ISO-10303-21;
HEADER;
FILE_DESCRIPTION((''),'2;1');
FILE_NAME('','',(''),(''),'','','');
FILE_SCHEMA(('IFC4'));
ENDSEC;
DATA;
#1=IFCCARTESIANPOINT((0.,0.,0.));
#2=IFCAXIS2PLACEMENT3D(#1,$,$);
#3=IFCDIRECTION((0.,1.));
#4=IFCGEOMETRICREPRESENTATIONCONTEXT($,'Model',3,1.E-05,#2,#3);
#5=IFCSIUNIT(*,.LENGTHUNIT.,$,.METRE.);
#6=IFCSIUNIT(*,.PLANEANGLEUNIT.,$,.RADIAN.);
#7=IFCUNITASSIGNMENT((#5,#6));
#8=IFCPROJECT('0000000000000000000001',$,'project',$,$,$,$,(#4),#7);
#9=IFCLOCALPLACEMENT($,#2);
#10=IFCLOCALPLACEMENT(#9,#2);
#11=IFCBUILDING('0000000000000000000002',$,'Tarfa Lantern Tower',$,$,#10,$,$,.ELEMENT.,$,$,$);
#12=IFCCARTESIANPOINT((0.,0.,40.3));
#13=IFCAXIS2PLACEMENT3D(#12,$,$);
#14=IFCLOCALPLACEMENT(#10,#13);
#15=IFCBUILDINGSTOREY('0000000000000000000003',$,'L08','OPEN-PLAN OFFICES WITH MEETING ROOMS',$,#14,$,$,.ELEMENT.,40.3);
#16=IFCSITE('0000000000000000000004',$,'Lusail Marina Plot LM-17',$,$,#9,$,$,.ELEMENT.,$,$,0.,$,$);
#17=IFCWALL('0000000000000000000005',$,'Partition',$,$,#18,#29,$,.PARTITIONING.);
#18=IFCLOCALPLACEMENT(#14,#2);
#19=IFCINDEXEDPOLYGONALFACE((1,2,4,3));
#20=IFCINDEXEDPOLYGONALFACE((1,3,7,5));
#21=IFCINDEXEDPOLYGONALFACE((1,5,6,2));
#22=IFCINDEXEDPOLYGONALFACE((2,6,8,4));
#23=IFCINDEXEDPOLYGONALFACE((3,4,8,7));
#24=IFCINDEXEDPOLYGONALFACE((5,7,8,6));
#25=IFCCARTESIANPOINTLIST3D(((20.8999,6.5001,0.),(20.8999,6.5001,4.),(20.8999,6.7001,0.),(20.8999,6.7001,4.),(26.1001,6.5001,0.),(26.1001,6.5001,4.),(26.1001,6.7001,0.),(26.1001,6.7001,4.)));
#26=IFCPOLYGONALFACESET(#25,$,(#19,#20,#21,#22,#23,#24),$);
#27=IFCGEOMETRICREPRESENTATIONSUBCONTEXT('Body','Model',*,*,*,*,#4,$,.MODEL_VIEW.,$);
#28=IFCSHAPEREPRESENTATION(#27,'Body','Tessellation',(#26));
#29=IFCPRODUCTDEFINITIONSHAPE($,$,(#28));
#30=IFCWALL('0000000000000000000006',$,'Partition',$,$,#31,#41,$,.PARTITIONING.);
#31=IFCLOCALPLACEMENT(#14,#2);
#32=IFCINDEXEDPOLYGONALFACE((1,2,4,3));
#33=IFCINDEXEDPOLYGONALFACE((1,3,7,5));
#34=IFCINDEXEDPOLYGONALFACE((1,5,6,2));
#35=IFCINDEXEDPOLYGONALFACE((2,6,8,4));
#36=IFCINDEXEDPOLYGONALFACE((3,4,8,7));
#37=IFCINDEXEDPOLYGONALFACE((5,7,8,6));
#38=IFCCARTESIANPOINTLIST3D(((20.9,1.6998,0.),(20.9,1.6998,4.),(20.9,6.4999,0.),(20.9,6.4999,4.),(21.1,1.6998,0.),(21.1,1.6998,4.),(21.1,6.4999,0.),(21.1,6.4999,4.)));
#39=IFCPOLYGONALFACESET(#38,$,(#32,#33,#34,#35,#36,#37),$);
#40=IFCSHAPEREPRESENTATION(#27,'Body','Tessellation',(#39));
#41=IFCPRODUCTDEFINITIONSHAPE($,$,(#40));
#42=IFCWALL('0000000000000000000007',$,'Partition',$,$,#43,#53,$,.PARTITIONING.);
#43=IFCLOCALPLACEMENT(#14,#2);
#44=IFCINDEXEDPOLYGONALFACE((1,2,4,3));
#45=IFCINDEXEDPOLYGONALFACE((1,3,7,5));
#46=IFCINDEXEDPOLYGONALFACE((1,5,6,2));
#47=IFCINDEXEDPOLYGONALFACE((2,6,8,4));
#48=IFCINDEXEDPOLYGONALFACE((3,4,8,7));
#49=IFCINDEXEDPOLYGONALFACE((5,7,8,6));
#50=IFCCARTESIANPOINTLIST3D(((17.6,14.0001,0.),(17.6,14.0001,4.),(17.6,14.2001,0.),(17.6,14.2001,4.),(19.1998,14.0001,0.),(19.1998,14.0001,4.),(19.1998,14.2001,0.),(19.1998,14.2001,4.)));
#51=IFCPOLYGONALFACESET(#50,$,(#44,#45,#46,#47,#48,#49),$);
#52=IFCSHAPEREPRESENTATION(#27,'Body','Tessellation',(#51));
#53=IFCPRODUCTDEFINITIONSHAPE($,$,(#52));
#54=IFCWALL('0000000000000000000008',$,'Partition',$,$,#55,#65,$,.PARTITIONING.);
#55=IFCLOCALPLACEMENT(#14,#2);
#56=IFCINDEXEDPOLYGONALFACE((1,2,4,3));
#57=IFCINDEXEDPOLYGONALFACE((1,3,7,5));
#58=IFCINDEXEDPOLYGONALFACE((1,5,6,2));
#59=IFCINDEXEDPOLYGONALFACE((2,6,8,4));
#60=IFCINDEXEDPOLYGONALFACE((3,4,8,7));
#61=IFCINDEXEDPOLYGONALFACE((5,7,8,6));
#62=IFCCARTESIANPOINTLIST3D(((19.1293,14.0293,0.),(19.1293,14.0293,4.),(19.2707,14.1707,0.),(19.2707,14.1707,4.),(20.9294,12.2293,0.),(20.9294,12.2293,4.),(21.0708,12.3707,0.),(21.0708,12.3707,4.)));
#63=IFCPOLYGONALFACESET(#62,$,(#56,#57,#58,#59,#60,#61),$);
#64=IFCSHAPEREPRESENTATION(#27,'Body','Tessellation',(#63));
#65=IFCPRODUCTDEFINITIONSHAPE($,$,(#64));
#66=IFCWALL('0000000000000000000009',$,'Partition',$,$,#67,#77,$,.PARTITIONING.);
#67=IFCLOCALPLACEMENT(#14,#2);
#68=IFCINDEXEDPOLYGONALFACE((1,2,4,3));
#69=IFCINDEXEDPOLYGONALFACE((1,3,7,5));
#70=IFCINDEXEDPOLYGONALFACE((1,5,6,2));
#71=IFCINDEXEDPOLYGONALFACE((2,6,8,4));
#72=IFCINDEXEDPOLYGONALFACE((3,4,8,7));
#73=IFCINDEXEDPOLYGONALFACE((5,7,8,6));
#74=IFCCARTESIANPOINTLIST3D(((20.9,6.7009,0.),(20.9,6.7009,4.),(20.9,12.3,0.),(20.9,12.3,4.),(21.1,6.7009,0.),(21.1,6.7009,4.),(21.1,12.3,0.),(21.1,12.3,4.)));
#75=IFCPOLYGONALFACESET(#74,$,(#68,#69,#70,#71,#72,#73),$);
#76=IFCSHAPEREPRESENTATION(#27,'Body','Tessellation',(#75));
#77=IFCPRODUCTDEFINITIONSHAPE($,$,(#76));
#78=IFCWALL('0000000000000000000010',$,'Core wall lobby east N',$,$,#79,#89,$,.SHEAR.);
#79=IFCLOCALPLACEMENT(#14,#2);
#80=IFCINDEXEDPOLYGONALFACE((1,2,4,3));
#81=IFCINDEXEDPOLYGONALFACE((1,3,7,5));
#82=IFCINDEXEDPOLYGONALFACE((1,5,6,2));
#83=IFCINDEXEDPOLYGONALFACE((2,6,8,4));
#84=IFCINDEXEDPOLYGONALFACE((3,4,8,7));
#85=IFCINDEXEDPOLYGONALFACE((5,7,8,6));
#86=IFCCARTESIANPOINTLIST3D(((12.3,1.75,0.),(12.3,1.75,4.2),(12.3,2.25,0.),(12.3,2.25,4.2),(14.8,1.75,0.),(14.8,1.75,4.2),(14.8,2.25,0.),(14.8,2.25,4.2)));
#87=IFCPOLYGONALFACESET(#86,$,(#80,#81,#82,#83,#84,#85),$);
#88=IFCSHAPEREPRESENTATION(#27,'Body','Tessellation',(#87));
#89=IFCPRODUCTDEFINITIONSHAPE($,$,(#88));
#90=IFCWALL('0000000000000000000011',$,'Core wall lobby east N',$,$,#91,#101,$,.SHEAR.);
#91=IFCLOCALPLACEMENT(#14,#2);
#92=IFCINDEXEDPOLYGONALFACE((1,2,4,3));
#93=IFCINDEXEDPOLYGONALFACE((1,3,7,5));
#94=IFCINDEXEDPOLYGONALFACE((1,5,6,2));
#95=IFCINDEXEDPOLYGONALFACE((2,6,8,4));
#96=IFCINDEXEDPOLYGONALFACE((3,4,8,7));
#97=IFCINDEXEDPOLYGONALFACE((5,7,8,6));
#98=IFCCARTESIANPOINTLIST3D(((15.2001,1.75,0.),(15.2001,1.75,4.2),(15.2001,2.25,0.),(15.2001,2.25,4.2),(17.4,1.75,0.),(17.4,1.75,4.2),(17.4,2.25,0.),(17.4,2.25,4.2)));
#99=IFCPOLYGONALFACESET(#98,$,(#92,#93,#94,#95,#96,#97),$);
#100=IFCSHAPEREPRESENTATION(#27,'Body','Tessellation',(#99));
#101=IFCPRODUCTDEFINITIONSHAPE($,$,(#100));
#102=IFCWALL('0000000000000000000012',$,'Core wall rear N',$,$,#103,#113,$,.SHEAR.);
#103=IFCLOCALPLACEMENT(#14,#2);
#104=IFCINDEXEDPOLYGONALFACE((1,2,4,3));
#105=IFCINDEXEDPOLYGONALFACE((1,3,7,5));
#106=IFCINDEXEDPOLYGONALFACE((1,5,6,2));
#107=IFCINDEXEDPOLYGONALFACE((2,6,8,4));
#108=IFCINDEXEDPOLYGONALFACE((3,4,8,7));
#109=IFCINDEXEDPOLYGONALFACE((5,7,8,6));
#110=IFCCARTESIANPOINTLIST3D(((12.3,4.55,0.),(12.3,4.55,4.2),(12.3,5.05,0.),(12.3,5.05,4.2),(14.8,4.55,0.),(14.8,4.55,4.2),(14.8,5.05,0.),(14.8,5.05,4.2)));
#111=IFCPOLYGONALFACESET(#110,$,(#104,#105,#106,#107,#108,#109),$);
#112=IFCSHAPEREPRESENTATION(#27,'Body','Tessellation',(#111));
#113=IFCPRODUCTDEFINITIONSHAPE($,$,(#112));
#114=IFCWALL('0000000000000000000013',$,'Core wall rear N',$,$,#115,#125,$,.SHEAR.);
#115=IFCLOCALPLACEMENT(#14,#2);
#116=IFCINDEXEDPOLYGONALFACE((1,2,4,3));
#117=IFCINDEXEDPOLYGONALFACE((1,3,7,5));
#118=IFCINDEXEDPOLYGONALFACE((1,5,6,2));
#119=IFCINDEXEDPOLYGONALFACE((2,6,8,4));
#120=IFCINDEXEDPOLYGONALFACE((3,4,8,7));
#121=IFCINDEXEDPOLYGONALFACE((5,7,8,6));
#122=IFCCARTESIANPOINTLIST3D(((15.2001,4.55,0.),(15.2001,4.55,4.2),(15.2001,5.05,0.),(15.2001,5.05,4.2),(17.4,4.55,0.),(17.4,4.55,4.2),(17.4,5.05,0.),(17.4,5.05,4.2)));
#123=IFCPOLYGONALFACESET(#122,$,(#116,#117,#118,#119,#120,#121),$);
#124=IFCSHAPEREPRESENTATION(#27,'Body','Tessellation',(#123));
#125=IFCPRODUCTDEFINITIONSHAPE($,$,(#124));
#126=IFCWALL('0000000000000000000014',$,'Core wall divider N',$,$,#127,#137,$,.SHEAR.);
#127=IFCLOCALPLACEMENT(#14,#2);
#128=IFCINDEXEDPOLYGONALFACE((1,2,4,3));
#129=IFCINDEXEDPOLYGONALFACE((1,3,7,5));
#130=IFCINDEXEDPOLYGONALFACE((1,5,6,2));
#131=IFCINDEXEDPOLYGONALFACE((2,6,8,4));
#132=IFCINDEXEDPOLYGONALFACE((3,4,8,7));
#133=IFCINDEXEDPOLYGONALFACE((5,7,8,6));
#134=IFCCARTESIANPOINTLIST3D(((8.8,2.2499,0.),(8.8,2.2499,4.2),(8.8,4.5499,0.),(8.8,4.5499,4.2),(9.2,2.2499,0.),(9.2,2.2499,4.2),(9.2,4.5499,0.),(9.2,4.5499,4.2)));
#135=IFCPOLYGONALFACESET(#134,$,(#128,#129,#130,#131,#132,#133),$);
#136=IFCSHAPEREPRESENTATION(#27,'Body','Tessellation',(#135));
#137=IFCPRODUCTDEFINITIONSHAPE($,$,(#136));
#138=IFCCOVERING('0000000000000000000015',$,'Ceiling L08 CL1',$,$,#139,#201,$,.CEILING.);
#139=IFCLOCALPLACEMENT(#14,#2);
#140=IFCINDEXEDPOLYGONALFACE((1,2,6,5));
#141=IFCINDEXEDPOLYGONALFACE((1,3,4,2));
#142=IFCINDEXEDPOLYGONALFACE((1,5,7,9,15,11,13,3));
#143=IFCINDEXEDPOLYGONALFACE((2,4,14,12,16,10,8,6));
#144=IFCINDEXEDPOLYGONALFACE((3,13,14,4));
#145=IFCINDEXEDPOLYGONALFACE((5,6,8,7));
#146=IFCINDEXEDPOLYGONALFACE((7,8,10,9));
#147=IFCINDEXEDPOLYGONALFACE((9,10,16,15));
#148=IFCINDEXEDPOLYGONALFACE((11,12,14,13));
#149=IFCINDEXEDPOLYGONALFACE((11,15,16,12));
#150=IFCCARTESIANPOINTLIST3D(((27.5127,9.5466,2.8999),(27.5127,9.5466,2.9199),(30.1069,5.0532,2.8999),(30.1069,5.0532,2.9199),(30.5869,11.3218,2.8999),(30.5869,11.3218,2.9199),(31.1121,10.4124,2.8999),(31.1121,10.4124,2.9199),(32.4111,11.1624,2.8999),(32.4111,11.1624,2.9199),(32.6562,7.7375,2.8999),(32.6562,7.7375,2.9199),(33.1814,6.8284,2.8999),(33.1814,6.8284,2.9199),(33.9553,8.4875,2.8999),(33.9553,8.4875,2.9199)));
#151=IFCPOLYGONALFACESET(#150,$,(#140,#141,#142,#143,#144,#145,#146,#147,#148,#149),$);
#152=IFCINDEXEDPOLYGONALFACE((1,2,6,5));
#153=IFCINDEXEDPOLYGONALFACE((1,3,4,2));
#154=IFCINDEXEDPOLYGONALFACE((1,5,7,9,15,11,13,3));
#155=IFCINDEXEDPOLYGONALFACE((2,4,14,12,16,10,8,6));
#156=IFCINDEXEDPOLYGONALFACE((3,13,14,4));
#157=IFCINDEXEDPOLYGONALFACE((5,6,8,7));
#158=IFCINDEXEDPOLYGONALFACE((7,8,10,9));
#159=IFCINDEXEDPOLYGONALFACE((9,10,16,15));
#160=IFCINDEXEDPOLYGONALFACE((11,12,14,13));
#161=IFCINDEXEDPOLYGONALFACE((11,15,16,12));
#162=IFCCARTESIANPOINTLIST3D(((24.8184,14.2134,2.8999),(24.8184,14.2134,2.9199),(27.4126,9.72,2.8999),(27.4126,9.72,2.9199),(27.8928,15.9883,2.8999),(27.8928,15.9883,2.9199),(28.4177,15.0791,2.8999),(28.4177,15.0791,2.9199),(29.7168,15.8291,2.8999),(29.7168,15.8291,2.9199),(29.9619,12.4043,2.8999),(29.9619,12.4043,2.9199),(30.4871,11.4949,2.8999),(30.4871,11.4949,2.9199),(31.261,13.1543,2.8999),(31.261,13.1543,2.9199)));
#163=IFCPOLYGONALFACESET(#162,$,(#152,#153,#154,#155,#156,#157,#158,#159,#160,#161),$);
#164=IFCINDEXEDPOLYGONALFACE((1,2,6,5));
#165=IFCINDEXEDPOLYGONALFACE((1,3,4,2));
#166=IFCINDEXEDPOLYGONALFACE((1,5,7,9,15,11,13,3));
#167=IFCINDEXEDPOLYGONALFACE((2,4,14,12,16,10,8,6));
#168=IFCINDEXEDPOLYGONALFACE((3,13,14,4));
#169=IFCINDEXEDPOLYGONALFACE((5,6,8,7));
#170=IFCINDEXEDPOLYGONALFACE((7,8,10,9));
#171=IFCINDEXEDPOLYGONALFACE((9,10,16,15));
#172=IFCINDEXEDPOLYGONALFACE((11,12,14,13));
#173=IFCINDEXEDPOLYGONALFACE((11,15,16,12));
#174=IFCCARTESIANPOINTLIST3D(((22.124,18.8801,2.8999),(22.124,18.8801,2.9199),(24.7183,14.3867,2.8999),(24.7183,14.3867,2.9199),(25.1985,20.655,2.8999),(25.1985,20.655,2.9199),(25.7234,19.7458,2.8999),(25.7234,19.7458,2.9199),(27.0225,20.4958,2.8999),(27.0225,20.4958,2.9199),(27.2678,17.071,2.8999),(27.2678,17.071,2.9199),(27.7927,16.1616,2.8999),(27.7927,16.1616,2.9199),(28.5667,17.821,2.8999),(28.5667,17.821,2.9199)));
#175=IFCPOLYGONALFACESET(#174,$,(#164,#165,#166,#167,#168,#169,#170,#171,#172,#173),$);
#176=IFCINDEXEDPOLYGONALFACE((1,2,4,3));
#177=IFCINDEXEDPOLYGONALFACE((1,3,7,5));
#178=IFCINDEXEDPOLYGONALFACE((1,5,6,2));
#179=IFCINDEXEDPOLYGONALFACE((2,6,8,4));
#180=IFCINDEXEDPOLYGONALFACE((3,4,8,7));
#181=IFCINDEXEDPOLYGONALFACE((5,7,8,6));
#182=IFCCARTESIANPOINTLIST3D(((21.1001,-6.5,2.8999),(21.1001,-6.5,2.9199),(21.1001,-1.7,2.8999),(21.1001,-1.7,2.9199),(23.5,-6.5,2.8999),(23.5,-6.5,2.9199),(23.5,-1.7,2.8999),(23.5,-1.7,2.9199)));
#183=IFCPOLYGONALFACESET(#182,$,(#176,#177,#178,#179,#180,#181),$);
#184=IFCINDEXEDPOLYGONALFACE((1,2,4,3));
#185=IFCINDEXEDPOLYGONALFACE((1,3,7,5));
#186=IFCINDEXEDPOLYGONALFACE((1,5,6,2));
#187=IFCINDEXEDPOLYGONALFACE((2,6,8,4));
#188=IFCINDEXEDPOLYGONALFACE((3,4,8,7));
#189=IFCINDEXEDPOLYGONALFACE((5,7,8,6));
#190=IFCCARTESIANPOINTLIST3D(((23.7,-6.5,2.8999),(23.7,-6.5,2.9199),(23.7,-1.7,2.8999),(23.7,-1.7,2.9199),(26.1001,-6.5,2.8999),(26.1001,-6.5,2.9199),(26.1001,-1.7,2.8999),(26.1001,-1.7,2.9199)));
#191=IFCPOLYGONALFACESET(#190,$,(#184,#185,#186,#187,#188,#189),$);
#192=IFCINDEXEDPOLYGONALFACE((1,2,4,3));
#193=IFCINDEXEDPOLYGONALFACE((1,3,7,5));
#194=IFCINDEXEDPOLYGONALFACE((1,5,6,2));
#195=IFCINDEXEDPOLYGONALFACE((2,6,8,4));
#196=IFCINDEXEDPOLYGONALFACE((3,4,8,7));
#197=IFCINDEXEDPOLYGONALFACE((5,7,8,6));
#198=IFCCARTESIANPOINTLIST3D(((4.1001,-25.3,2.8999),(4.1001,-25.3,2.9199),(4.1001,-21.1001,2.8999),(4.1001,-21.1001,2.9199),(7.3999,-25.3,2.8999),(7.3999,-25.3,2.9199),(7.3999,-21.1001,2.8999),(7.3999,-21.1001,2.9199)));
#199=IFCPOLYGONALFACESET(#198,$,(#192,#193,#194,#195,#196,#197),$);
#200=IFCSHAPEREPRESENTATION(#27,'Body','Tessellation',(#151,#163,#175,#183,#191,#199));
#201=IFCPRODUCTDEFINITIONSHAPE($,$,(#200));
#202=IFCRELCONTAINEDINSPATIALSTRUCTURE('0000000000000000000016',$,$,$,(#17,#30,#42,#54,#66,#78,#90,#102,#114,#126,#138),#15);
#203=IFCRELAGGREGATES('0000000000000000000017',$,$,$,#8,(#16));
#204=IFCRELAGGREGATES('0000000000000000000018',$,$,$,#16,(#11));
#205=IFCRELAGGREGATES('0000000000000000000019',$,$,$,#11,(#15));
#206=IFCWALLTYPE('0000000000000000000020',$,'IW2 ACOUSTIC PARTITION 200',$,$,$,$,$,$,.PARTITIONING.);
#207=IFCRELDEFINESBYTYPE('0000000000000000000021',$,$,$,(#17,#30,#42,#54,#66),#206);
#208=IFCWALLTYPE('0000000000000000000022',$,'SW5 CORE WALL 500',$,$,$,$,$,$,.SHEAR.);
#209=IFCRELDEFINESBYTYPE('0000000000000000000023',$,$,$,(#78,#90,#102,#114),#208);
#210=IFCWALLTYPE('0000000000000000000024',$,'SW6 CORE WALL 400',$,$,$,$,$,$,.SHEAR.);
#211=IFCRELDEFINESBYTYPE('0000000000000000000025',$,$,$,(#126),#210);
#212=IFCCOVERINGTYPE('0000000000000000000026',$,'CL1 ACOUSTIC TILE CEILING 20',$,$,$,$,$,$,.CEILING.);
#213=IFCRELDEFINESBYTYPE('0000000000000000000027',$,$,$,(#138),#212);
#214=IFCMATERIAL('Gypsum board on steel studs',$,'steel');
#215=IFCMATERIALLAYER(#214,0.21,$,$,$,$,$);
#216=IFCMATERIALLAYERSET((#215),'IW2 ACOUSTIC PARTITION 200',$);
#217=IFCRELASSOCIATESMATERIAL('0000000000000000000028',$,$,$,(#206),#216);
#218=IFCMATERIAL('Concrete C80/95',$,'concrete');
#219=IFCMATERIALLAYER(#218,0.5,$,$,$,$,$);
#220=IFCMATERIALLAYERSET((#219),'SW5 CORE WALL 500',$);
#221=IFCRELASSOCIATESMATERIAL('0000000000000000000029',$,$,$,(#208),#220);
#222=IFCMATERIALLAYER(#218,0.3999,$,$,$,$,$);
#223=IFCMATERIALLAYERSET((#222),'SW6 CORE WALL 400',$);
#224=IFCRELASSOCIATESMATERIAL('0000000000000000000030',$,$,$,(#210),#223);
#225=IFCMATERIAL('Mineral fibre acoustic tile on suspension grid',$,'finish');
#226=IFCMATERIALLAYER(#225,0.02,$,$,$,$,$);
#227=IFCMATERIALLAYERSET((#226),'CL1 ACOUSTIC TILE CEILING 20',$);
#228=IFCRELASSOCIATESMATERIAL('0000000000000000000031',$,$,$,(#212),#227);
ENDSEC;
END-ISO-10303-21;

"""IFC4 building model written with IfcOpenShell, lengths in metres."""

from ifc_helpers import new_model, si_unit, direction, frame, frame_2d, origin, place, context, subcontext, project, spatial, polyline, rectangle, outline, extrude, material, layer, layer_set, type_object, element, save


model = new_model("IFC4")

# Units and contexts
model_context = context("Model", 3, precision=1e-05, world=origin(), true_north=direction((0.0, 1.0)))
body_context = subcontext(model_context, "Body", "Model", "MODEL_VIEW")
ifc_project = project(units=[si_unit("LENGTHUNIT", "METRE"), si_unit("PLANEANGLEUNIT", "RADIAN")], contexts=[model_context])

# Site, building, storey
site_placement = place(None, origin())
site = spatial("IfcSite", under=ifc_project, at=site_placement, Name="Lusail Marina Plot LM-17", CompositionType="ELEMENT", RefElevation=0.0)
building_placement = place(site_placement, origin())
building = spatial("IfcBuilding", under=site, at=building_placement, Name="Tarfa Lantern Tower", CompositionType="ELEMENT")
storey_placement = place(building_placement, frame((0.0, 0.0, 40.3)))
storey = spatial("IfcBuildingStorey", under=building, at=storey_placement, Name="L08", Description="OPEN-PLAN OFFICES WITH MEETING ROOMS", CompositionType="ELEMENT", Elevation=40.3)

# Shared definitions
ifc_material_1 = material(Name="Gypsum board on steel studs", Category="steel")
ifc_layer_1 = layer(ifc_material_1, 0.21)
ifc_layer_set_1 = layer_set([ifc_layer_1], Name="IW2 ACOUSTIC PARTITION 200")
wall_type_1 = type_object("IfcWallType", Name="IW2 ACOUSTIC PARTITION 200", PredefinedType="PARTITIONING", material=ifc_layer_set_1)

# Walls
wall_1_placement = place(storey_placement, frame((20.8999, 6.6001, 0.0), z_axis=(0.0, 0.0, 1.0), x_axis=(1.0, 0.0, 0.0)))
element("IfcWall", 1, at=wall_1_placement, inside=storey, type_object=wall_type_1, Name="Partition", PredefinedType="PARTITIONING", context=body_context, shape_type="SweptSolid", body=[
    extrude(rectangle(XDim=5.2002, YDim=0.2, at=frame_2d((2.6001, 0.0))), origin(), (0.0, 0.0, 1.0), 4.0),
])
wall_2_placement = place(storey_placement, frame((21.0, 1.7, 0.0), z_axis=(0.0, 0.0, 1.0), x_axis=(0.0, 1.0, 0.0)))
element("IfcWall", 2, at=wall_2_placement, inside=storey, type_object=wall_type_1, Name="Partition", PredefinedType="PARTITIONING", context=body_context, shape_type="SweptSolid", body=[
    extrude(rectangle(XDim=4.8, YDim=0.2, at=frame_2d((2.3999, 0.0))), origin(), (0.0, 0.0, 1.0), 4.0),
])
wall_3_placement = place(storey_placement, frame((17.6001, 14.1001, 0.0), z_axis=(0.0, 0.0, 1.0), x_axis=(1.0, 0.0, 0.0)))
element("IfcWall", 3, at=wall_3_placement, inside=storey, type_object=wall_type_1, Name="Partition", PredefinedType="PARTITIONING", context=body_context, shape_type="SweptSolid", body=[
    extrude(rectangle(XDim=1.5999, YDim=0.2, at=frame_2d((0.7998, 0.0))), origin(), (0.0, 0.0, 1.0), 4.0),
])
wall_4_placement = place(storey_placement, frame((19.2, 14.1001, 0.0), z_axis=(0.0, 0.0, 1.0), x_axis=(0.707107, -0.707107, 0.0)))
element("IfcWall", 4, at=wall_4_placement, inside=storey, type_object=wall_type_1, Name="Partition", PredefinedType="PARTITIONING", context=body_context, shape_type="SweptSolid", body=[
    extrude(rectangle(XDim=2.5457, YDim=0.2, at=frame_2d((1.2729, 0.0))), origin(), (0.0, 0.0, 1.0), 4.0),
])

# Walls
wall_5_placement = place(storey_placement, frame((21.0, 12.3, 0.0), z_axis=(0.0, 0.0, 1.0), x_axis=(0.0, -1.0, 0.0)))
element("IfcWall", 5, at=wall_5_placement, inside=storey, type_object=wall_type_1, Name="Partition", PredefinedType="PARTITIONING", context=body_context, shape_type="SweptSolid", body=[
    extrude(rectangle(XDim=5.5991, YDim=0.2, at=frame_2d((2.7996, 0.0))), origin(), (0.0, 0.0, 1.0), 4.0),
])
ifc_material_2 = material(Name="Concrete C80/95", Category="concrete")
ifc_layer_2 = layer(ifc_material_2, 0.5)
ifc_layer_set_2 = layer_set([ifc_layer_2], Name="SW5 CORE WALL 500")
wall_type_2 = type_object("IfcWallType", Name="SW5 CORE WALL 500", PredefinedType="SHEAR", material=ifc_layer_set_2)
wall_6_placement = place(storey_placement, frame((12.3, 2.0, 0.0), z_axis=(0.0, 0.0, 1.0), x_axis=(1.0, 0.0, 0.0)))
element("IfcWall", 6, at=wall_6_placement, inside=storey, type_object=wall_type_2, Name="Core wall lobby east N", PredefinedType="SHEAR", context=body_context, shape_type="SweptSolid", body=[
    extrude(rectangle(XDim=2.5, YDim=0.5, at=frame_2d((1.25, 0.0))), origin(), (0.0, 0.0, 1.0), 4.2),
])
wall_7_placement = place(storey_placement, frame((15.2, 2.0, 0.0), z_axis=(0.0, 0.0, 1.0), x_axis=(1.0, 0.0, 0.0)))
element("IfcWall", 7, at=wall_7_placement, inside=storey, type_object=wall_type_2, Name="Core wall lobby east N", PredefinedType="SHEAR", context=body_context, shape_type="SweptSolid", body=[
    extrude(rectangle(XDim=2.2, YDim=0.5, at=frame_2d((1.1001, 0.0))), origin(), (0.0, 0.0, 1.0), 4.2),
])
wall_8_placement = place(storey_placement, frame((12.3, 4.8, 0.0), z_axis=(0.0, 0.0, 1.0), x_axis=(1.0, 0.0, 0.0)))
element("IfcWall", 8, at=wall_8_placement, inside=storey, type_object=wall_type_2, Name="Core wall rear N", PredefinedType="SHEAR", context=body_context, shape_type="SweptSolid", body=[
    extrude(rectangle(XDim=2.5, YDim=0.5, at=frame_2d((1.25, 0.0))), origin(), (0.0, 0.0, 1.0), 4.2),
])
wall_9_placement = place(storey_placement, frame((15.2, 4.8, 0.0), z_axis=(0.0, 0.0, 1.0), x_axis=(1.0, 0.0, 0.0)))
element("IfcWall", 9, at=wall_9_placement, inside=storey, type_object=wall_type_2, Name="Core wall rear N", PredefinedType="SHEAR", context=body_context, shape_type="SweptSolid", body=[
    extrude(rectangle(XDim=2.2, YDim=0.5, at=frame_2d((1.1001, 0.0))), origin(), (0.0, 0.0, 1.0), 4.2),
])
ifc_layer_3 = layer(ifc_material_2, 0.3999)
ifc_layer_set_3 = layer_set([ifc_layer_3], Name="SW6 CORE WALL 400")
wall_type_3 = type_object("IfcWallType", Name="SW6 CORE WALL 400", PredefinedType="SHEAR", material=ifc_layer_set_3)
wall_10_placement = place(storey_placement, frame((9.0, 2.25, 0.0), z_axis=(0.0, 0.0, 1.0), x_axis=(0.0, 1.0, 0.0)))
element("IfcWall", 10, at=wall_10_placement, inside=storey, type_object=wall_type_3, Name="Core wall divider N", PredefinedType="SHEAR", context=body_context, shape_type="SweptSolid", body=[
    extrude(rectangle(XDim=2.3, YDim=0.3999, at=frame_2d((1.1499, 0.0))), origin(), (0.0, 0.0, 1.0), 4.2),
])

# Covering
ifc_material_3 = material(Name="Mineral fibre acoustic tile on suspension grid", Category="finish")
ifc_layer_4 = layer(ifc_material_3, 0.02)
ifc_layer_set_4 = layer_set([ifc_layer_4], Name="CL1 ACOUSTIC TILE CEILING 20")
covering_type_1 = type_object("IfcCoveringType", Name="CL1 ACOUSTIC TILE CEILING 20", PredefinedType="CEILING", material=ifc_layer_set_4)
covering_1_placement = place(storey_placement, frame((0.0, 0.0, 2.8999)))
element("IfcCovering", 11, at=covering_1_placement, inside=storey, type_object=covering_type_1, Name="Ceiling L08 CL1", PredefinedType="CEILING", context=body_context, shape_type="SweptSolid", body=[
    extrude(outline(polyline([(27.5127, 9.5466), (30.5869, 11.3218), (31.1121, 10.4124), (32.4111, 11.1624), (33.9553, 8.4875), (32.6562, 7.7375), (33.1814, 6.8284), (30.1069, 5.0532), (27.5127, 9.5466)])), origin(), (0.0, 0.0, 1.0), 0.02),
    extrude(outline(polyline([(24.8184, 14.2134), (27.8928, 15.9883), (28.4177, 15.0791), (29.7168, 15.8291), (31.261, 13.1543), (29.9619, 12.4043), (30.4871, 11.4949), (27.4126, 9.72), (24.8184, 14.2134)])), origin(), (0.0, 0.0, 1.0), 0.02),
    extrude(outline(polyline([(22.124, 18.8801), (25.1985, 20.655), (25.7234, 19.7458), (27.0225, 20.4958), (28.5667, 17.821), (27.2678, 17.071), (27.7927, 16.1616), (24.7183, 14.3867), (22.124, 18.8801)])), origin(), (0.0, 0.0, 1.0), 0.02),
    extrude(outline(polyline([(21.1001, -1.7), (23.5, -1.7), (23.5, -6.5), (21.1001, -6.5), (21.1001, -1.7)])), origin(), (0.0, 0.0, 1.0), 0.02),
    extrude(outline(polyline([(23.7, -1.7), (26.1001, -1.7), (26.1001, -6.5), (23.7, -6.5), (23.7, -1.7)])), origin(), (0.0, 0.0, 1.0), 0.02),
    extrude(outline(polyline([(7.3999, -25.3), (4.1001, -25.3), (4.1001, -21.1001), (7.3999, -21.1001), (7.3999, -25.3)])), origin(), (0.0, 0.0, 1.0), 0.02),
])

save(model, "model.ifc")
